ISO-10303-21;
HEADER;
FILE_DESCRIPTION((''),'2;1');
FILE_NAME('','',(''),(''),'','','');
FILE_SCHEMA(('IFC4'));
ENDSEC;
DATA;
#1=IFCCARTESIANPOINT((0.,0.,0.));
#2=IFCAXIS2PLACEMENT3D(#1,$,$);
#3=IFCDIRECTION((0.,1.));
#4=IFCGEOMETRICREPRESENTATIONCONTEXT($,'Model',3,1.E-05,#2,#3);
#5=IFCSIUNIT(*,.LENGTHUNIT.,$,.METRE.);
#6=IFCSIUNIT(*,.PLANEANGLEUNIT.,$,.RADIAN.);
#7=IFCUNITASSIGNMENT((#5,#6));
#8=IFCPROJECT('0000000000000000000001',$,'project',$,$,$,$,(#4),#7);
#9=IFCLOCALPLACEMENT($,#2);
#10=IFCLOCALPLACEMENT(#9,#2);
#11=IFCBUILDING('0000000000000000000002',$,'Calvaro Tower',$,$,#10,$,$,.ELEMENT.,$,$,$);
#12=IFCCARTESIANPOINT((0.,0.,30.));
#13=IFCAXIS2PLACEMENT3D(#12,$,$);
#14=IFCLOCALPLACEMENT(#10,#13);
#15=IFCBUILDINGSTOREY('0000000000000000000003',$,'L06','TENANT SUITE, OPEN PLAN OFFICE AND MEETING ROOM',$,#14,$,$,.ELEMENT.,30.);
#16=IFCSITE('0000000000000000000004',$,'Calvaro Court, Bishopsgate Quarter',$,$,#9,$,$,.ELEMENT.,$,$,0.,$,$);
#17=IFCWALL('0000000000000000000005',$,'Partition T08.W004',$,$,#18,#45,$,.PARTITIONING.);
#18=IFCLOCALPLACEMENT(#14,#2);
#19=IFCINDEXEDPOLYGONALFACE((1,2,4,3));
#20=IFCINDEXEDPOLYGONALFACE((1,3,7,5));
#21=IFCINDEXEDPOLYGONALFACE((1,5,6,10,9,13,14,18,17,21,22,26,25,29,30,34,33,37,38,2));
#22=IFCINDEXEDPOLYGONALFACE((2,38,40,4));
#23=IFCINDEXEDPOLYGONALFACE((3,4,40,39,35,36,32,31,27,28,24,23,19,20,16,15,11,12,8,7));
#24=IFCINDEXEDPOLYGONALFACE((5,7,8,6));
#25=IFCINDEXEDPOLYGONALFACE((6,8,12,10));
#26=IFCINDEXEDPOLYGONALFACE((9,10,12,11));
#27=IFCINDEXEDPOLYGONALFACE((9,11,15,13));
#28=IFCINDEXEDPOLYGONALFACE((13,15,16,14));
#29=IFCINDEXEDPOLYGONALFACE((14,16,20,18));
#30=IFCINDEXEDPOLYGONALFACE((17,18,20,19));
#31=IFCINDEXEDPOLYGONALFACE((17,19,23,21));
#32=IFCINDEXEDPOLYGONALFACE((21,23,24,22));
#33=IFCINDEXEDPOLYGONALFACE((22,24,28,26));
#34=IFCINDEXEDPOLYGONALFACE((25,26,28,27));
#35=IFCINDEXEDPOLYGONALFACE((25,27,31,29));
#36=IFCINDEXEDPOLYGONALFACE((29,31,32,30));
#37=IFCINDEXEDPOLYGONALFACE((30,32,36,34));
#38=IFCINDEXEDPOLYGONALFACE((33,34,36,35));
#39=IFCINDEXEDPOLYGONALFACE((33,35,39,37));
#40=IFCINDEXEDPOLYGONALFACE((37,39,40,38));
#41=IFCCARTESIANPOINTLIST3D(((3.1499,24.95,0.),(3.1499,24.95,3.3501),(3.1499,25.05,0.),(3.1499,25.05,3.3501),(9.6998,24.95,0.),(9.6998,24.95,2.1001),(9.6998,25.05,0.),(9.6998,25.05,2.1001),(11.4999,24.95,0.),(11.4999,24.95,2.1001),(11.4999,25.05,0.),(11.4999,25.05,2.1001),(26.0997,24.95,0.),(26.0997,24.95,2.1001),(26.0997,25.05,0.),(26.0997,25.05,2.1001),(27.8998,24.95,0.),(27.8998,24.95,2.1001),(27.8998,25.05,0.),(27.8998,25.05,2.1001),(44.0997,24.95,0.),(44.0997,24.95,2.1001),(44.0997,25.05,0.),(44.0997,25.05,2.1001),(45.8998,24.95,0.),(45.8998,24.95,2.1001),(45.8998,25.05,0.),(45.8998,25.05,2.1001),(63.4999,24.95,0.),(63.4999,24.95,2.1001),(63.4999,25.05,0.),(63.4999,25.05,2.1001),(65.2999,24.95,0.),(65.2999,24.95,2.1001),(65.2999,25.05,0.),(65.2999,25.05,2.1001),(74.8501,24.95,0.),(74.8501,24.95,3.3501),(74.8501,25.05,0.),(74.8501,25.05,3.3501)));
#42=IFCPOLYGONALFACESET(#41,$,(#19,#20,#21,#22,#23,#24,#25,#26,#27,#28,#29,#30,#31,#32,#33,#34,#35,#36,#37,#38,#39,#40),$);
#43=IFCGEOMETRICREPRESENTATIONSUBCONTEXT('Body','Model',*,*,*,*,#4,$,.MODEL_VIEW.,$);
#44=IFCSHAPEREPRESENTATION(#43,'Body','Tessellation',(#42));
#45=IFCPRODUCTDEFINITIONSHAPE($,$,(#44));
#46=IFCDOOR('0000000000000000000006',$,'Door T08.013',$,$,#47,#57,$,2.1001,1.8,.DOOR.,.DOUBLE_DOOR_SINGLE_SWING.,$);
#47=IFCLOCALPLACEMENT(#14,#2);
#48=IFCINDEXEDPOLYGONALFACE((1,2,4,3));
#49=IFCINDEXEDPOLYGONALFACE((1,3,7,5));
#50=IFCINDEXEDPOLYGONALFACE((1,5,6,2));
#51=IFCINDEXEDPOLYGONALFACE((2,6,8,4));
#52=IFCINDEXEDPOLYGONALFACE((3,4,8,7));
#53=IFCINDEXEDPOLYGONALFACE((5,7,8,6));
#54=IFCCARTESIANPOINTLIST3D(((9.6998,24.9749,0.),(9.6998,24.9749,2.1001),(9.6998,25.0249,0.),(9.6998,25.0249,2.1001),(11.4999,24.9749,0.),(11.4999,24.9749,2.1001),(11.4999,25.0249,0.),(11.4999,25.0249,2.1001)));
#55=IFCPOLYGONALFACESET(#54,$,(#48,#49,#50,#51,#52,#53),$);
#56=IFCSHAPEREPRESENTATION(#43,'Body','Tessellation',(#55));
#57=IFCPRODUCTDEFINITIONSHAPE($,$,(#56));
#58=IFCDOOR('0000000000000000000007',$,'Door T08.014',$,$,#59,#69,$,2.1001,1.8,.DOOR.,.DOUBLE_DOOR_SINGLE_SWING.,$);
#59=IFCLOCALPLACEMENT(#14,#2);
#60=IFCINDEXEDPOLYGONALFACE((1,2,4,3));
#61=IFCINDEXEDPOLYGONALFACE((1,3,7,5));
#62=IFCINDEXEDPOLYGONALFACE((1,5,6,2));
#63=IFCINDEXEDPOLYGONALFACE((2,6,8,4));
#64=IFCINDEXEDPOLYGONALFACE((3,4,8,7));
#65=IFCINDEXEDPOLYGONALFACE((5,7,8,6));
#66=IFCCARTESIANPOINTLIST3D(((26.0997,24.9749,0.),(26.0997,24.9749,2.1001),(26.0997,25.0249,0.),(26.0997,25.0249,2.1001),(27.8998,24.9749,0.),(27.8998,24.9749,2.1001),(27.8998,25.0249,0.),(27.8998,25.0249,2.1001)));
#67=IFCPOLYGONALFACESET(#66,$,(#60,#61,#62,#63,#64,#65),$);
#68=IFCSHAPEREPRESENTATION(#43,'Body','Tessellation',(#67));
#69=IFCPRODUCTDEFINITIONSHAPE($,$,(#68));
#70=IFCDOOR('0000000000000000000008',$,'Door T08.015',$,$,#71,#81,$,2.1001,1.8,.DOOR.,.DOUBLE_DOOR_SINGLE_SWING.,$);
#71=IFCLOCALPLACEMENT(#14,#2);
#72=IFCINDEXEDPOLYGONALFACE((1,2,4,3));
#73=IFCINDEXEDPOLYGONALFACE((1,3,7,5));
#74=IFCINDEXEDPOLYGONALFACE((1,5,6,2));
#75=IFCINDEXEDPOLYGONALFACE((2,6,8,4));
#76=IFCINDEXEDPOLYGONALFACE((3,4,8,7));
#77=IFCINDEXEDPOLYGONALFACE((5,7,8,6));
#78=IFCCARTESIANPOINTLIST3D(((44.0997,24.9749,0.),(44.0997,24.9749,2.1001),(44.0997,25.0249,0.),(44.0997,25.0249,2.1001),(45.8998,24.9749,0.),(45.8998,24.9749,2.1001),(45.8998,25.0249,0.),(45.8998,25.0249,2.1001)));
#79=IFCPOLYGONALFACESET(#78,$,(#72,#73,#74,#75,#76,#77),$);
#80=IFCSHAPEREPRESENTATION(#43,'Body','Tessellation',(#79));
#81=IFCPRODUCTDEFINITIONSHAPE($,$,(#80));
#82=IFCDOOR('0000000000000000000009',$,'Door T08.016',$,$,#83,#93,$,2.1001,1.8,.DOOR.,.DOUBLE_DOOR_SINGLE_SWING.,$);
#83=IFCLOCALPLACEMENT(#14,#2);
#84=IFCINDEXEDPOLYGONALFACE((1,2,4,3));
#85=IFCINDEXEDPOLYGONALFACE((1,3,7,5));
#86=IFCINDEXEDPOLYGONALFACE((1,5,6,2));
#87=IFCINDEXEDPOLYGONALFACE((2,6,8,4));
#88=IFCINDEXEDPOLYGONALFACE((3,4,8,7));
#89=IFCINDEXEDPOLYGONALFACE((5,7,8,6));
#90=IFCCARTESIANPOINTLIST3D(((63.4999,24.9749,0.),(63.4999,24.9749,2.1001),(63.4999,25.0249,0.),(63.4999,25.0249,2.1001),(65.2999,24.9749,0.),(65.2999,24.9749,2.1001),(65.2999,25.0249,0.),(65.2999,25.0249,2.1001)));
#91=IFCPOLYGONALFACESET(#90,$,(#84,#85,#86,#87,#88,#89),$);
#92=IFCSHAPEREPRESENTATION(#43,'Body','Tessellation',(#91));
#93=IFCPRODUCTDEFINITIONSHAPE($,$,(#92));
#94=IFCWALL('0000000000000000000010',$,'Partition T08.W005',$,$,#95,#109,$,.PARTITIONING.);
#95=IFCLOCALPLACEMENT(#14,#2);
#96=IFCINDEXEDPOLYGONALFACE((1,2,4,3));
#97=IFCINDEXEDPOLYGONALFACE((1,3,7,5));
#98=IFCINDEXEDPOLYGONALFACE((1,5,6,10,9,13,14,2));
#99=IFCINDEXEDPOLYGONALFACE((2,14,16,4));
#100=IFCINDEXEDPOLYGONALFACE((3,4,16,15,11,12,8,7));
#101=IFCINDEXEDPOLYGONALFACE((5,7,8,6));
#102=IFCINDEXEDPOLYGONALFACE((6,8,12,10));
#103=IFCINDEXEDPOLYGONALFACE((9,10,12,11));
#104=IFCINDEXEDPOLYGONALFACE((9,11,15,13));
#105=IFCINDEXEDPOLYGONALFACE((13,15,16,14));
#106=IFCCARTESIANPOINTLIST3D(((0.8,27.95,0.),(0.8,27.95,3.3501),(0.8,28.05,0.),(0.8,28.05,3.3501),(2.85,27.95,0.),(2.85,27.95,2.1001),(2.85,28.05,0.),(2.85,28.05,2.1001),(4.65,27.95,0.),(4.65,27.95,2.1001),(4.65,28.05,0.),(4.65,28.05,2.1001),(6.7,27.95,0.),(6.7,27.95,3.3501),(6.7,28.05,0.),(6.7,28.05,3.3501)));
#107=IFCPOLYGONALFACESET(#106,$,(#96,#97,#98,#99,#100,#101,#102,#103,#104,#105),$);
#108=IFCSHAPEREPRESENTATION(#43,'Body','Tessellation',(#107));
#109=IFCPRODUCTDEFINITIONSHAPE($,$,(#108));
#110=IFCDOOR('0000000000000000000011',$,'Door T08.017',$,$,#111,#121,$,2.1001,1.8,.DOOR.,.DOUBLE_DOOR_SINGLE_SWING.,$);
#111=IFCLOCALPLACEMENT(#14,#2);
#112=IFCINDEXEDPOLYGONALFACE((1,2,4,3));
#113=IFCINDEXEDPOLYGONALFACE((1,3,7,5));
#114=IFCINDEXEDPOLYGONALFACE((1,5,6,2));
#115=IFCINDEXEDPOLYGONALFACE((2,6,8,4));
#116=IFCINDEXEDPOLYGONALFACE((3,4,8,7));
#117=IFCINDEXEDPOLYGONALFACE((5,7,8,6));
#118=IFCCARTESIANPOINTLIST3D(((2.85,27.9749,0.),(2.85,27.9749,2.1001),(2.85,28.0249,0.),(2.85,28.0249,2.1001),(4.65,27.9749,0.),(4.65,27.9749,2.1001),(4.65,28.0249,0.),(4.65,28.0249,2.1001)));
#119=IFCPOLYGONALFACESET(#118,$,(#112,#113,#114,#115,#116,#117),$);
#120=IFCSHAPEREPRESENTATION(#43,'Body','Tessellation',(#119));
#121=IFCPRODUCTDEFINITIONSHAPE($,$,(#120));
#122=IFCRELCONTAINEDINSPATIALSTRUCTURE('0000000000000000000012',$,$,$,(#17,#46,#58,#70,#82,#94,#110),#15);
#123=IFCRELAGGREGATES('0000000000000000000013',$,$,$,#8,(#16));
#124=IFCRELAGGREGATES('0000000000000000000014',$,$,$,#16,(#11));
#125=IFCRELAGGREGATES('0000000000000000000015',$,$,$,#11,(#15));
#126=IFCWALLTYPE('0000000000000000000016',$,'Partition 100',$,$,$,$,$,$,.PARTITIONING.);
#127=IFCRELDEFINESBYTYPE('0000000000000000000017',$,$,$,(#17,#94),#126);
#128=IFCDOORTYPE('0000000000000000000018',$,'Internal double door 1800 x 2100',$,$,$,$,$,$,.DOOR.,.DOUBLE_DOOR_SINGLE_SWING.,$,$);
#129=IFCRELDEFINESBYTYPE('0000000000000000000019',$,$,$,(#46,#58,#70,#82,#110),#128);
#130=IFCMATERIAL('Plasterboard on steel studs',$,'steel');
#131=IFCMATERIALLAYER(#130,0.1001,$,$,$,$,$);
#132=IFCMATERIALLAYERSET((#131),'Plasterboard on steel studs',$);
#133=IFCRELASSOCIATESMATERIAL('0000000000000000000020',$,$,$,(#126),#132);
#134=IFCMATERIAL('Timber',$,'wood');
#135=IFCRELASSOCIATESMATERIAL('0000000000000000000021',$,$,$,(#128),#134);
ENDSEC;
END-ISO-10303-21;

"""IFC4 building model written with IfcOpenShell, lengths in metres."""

from ifc_helpers import new_model, si_unit, direction, frame, frame_2d, origin, place, context, subcontext, project, spatial, rectangle, extrude, material, layer, layer_set, type_object, element, fill, save


model = new_model("IFC4")

# Units and contexts
model_context = context("Model", 3, precision=1e-05, world=origin(), true_north=direction((0.0, 1.0)))
body_context = subcontext(model_context, "Body", "Model", "MODEL_VIEW")
ifc_project = project(units=[si_unit("LENGTHUNIT", "METRE"), si_unit("PLANEANGLEUNIT", "RADIAN")], contexts=[model_context])

# Site, building, storey
site_placement = place(None, origin())
site = spatial("IfcSite", under=ifc_project, at=site_placement, Name="Calvaro Court, Bishopsgate Quarter", CompositionType="ELEMENT", RefElevation=0.0)
building_placement = place(site_placement, origin())
building = spatial("IfcBuilding", under=site, at=building_placement, Name="Calvaro Tower", CompositionType="ELEMENT")
storey_placement = place(building_placement, frame((0.0, 0.0, 30.0)))
storey = spatial("IfcBuildingStorey", under=building, at=storey_placement, Name="L06", Description="TENANT SUITE, OPEN PLAN OFFICE AND MEETING ROOM", CompositionType="ELEMENT", Elevation=30.0)

# Wall, openings, doors
ifc_material_1 = material(Name="Plasterboard on steel studs", Category="steel")
ifc_layer = layer(ifc_material_1, 0.1001)
ifc_layer_set = layer_set([ifc_layer], Name="Plasterboard on steel studs")
wall_type = type_object("IfcWallType", Name="Partition 100", PredefinedType="PARTITIONING", material=ifc_layer_set)
wall_1_placement = place(storey_placement, frame((3.1499, 25.0, 0.0), z_axis=(0.0, 0.0, 1.0), x_axis=(1.0, 0.0, 0.0)))
wall_1 = element("IfcWall", 1, at=wall_1_placement, inside=storey, type_object=wall_type, Name="Partition T08.W004", PredefinedType="PARTITIONING", context=body_context, shape_type="SweptSolid", body=[
    extrude(rectangle(XDim=71.7002, YDim=0.1001, at=frame_2d((35.8501, 0.0))), origin(), (0.0, 0.0, 1.0), 3.3501),
])
opening_1_placement = place(wall_1_placement, frame((6.55, 0.0, 0.0)))
opening_1 = element("IfcOpeningElement", 2, at=opening_1_placement, cuts=wall_1, PredefinedType="OPENING", context=body_context, shape_type="SweptSolid", body=[
    extrude(rectangle(XDim=1.8, YDim=2.1001, at=frame_2d((0.8999, 1.05))), frame((0.0, 0.0601, 0.0), z_axis=(0.0, -1.0, 0.0), x_axis=(1.0, 0.0, 0.0)), (0.0, 0.0, 1.0), 0.1201),
])
opening_2_placement = place(wall_1_placement, frame((22.95, 0.0, 0.0)))
opening_2 = element("IfcOpeningElement", 3, at=opening_2_placement, cuts=wall_1, PredefinedType="OPENING", context=body_context, shape_type="SweptSolid", body=[
    extrude(rectangle(XDim=1.8, YDim=2.1001, at=frame_2d((0.8999, 1.05))), frame((0.0, 0.0601, 0.0), z_axis=(0.0, -1.0, 0.0), x_axis=(1.0, 0.0, 0.0)), (0.0, 0.0, 1.0), 0.1201),
])
opening_3_placement = place(wall_1_placement, frame((40.95, 0.0, 0.0)))
opening_3 = element("IfcOpeningElement", 4, at=opening_3_placement, cuts=wall_1, PredefinedType="OPENING", context=body_context, shape_type="SweptSolid", body=[
    extrude(rectangle(XDim=1.8, YDim=2.1001, at=frame_2d((0.8999, 1.05))), frame((0.0, 0.0601, 0.0), z_axis=(0.0, -1.0, 0.0), x_axis=(1.0, 0.0, 0.0)), (0.0, 0.0, 1.0), 0.1201),
])
opening_4_placement = place(wall_1_placement, frame((60.3501, 0.0, 0.0)))
opening_4 = element("IfcOpeningElement", 5, at=opening_4_placement, cuts=wall_1, PredefinedType="OPENING", context=body_context, shape_type="SweptSolid", body=[
    extrude(rectangle(XDim=1.8, YDim=2.1001, at=frame_2d((0.8999, 1.05))), frame((0.0, 0.0601, 0.0), z_axis=(0.0, -1.0, 0.0), x_axis=(1.0, 0.0, 0.0)), (0.0, 0.0, 1.0), 0.1201),
])
ifc_material_2 = material(Name="Timber", Category="wood")
door_type = type_object("IfcDoorType", Name="Internal double door 1800 x 2100", OperationType="DOUBLE_DOOR_SINGLE_SWING", PredefinedType="DOOR", material=ifc_material_2)
door_1_placement = place(opening_1_placement, origin())
door_1 = element("IfcDoor", 6, at=door_1_placement, inside=storey, type_object=door_type, Name="Door T08.013", OperationType="DOUBLE_DOOR_SINGLE_SWING", OverallHeight=2.1001, OverallWidth=1.8, PredefinedType="DOOR", context=body_context, shape_type="SweptSolid", body=[
    extrude(rectangle(XDim=1.8, YDim=2.1001, at=frame_2d((0.8999, 1.05))), frame((0.0, 0.0249, 0.0), z_axis=(0.0, -1.0, 0.0), x_axis=(1.0, 0.0, 0.0)), (0.0, 0.0, 1.0), 0.05),
])
fill(opening_1, door_1)
door_2_placement = place(opening_2_placement, origin())
door_2 = element("IfcDoor", 7, at=door_2_placement, inside=storey, type_object=door_type, Name="Door T08.014", OperationType="DOUBLE_DOOR_SINGLE_SWING", OverallHeight=2.1001, OverallWidth=1.8, PredefinedType="DOOR", context=body_context, shape_type="SweptSolid", body=[
    extrude(rectangle(XDim=1.8, YDim=2.1001, at=frame_2d((0.8999, 1.05))), frame((0.0, 0.0249, 0.0), z_axis=(0.0, -1.0, 0.0), x_axis=(1.0, 0.0, 0.0)), (0.0, 0.0, 1.0), 0.05),
])
fill(opening_2, door_2)
door_3_placement = place(opening_3_placement, origin())
door_3 = element("IfcDoor", 8, at=door_3_placement, inside=storey, type_object=door_type, Name="Door T08.015", OperationType="DOUBLE_DOOR_SINGLE_SWING", OverallHeight=2.1001, OverallWidth=1.8, PredefinedType="DOOR", context=body_context, shape_type="SweptSolid", body=[
    extrude(rectangle(XDim=1.8, YDim=2.1001, at=frame_2d((0.8999, 1.05))), frame((0.0, 0.0249, 0.0), z_axis=(0.0, -1.0, 0.0), x_axis=(1.0, 0.0, 0.0)), (0.0, 0.0, 1.0), 0.05),
])
fill(opening_3, door_3)
door_4_placement = place(opening_4_placement, origin())
door_4 = element("IfcDoor", 9, at=door_4_placement, inside=storey, type_object=door_type, Name="Door T08.016", OperationType="DOUBLE_DOOR_SINGLE_SWING", OverallHeight=2.1001, OverallWidth=1.8, PredefinedType="DOOR", context=body_context, shape_type="SweptSolid", body=[
    extrude(rectangle(XDim=1.8, YDim=2.1001, at=frame_2d((0.8999, 1.05))), frame((0.0, 0.0249, 0.0), z_axis=(0.0, -1.0, 0.0), x_axis=(1.0, 0.0, 0.0)), (0.0, 0.0, 1.0), 0.05),
])
fill(opening_4, door_4)

# Wall, opening, door
wall_2_placement = place(storey_placement, frame((0.8, 28.0, 0.0), z_axis=(0.0, 0.0, 1.0), x_axis=(1.0, 0.0, 0.0)))
wall_2 = element("IfcWall", 10, at=wall_2_placement, inside=storey, type_object=wall_type, Name="Partition T08.W005", PredefinedType="PARTITIONING", context=body_context, shape_type="SweptSolid", body=[
    extrude(rectangle(XDim=5.8999, YDim=0.1001, at=frame_2d((2.95, 0.0))), origin(), (0.0, 0.0, 1.0), 3.3501),
])
opening_5_placement = place(wall_2_placement, frame((2.05, 0.0, 0.0)))
opening_5 = element("IfcOpeningElement", 11, at=opening_5_placement, cuts=wall_2, PredefinedType="OPENING", context=body_context, shape_type="SweptSolid", body=[
    extrude(rectangle(XDim=1.8, YDim=2.1001, at=frame_2d((0.8999, 1.05))), frame((0.0, 0.0601, 0.0), z_axis=(0.0, -1.0, 0.0), x_axis=(1.0, 0.0, 0.0)), (0.0, 0.0, 1.0), 0.1201),
])
door_5_placement = place(opening_5_placement, origin())
door_5 = element("IfcDoor", 12, at=door_5_placement, inside=storey, type_object=door_type, Name="Door T08.017", OperationType="DOUBLE_DOOR_SINGLE_SWING", OverallHeight=2.1001, OverallWidth=1.8, PredefinedType="DOOR", context=body_context, shape_type="SweptSolid", body=[
    extrude(rectangle(XDim=1.8, YDim=2.1001, at=frame_2d((0.8999, 1.05))), frame((0.0, 0.0249, 0.0), z_axis=(0.0, -1.0, 0.0), x_axis=(1.0, 0.0, 0.0)), (0.0, 0.0, 1.0), 0.05),
])
fill(opening_5, door_5)

save(model, "model.ifc")
